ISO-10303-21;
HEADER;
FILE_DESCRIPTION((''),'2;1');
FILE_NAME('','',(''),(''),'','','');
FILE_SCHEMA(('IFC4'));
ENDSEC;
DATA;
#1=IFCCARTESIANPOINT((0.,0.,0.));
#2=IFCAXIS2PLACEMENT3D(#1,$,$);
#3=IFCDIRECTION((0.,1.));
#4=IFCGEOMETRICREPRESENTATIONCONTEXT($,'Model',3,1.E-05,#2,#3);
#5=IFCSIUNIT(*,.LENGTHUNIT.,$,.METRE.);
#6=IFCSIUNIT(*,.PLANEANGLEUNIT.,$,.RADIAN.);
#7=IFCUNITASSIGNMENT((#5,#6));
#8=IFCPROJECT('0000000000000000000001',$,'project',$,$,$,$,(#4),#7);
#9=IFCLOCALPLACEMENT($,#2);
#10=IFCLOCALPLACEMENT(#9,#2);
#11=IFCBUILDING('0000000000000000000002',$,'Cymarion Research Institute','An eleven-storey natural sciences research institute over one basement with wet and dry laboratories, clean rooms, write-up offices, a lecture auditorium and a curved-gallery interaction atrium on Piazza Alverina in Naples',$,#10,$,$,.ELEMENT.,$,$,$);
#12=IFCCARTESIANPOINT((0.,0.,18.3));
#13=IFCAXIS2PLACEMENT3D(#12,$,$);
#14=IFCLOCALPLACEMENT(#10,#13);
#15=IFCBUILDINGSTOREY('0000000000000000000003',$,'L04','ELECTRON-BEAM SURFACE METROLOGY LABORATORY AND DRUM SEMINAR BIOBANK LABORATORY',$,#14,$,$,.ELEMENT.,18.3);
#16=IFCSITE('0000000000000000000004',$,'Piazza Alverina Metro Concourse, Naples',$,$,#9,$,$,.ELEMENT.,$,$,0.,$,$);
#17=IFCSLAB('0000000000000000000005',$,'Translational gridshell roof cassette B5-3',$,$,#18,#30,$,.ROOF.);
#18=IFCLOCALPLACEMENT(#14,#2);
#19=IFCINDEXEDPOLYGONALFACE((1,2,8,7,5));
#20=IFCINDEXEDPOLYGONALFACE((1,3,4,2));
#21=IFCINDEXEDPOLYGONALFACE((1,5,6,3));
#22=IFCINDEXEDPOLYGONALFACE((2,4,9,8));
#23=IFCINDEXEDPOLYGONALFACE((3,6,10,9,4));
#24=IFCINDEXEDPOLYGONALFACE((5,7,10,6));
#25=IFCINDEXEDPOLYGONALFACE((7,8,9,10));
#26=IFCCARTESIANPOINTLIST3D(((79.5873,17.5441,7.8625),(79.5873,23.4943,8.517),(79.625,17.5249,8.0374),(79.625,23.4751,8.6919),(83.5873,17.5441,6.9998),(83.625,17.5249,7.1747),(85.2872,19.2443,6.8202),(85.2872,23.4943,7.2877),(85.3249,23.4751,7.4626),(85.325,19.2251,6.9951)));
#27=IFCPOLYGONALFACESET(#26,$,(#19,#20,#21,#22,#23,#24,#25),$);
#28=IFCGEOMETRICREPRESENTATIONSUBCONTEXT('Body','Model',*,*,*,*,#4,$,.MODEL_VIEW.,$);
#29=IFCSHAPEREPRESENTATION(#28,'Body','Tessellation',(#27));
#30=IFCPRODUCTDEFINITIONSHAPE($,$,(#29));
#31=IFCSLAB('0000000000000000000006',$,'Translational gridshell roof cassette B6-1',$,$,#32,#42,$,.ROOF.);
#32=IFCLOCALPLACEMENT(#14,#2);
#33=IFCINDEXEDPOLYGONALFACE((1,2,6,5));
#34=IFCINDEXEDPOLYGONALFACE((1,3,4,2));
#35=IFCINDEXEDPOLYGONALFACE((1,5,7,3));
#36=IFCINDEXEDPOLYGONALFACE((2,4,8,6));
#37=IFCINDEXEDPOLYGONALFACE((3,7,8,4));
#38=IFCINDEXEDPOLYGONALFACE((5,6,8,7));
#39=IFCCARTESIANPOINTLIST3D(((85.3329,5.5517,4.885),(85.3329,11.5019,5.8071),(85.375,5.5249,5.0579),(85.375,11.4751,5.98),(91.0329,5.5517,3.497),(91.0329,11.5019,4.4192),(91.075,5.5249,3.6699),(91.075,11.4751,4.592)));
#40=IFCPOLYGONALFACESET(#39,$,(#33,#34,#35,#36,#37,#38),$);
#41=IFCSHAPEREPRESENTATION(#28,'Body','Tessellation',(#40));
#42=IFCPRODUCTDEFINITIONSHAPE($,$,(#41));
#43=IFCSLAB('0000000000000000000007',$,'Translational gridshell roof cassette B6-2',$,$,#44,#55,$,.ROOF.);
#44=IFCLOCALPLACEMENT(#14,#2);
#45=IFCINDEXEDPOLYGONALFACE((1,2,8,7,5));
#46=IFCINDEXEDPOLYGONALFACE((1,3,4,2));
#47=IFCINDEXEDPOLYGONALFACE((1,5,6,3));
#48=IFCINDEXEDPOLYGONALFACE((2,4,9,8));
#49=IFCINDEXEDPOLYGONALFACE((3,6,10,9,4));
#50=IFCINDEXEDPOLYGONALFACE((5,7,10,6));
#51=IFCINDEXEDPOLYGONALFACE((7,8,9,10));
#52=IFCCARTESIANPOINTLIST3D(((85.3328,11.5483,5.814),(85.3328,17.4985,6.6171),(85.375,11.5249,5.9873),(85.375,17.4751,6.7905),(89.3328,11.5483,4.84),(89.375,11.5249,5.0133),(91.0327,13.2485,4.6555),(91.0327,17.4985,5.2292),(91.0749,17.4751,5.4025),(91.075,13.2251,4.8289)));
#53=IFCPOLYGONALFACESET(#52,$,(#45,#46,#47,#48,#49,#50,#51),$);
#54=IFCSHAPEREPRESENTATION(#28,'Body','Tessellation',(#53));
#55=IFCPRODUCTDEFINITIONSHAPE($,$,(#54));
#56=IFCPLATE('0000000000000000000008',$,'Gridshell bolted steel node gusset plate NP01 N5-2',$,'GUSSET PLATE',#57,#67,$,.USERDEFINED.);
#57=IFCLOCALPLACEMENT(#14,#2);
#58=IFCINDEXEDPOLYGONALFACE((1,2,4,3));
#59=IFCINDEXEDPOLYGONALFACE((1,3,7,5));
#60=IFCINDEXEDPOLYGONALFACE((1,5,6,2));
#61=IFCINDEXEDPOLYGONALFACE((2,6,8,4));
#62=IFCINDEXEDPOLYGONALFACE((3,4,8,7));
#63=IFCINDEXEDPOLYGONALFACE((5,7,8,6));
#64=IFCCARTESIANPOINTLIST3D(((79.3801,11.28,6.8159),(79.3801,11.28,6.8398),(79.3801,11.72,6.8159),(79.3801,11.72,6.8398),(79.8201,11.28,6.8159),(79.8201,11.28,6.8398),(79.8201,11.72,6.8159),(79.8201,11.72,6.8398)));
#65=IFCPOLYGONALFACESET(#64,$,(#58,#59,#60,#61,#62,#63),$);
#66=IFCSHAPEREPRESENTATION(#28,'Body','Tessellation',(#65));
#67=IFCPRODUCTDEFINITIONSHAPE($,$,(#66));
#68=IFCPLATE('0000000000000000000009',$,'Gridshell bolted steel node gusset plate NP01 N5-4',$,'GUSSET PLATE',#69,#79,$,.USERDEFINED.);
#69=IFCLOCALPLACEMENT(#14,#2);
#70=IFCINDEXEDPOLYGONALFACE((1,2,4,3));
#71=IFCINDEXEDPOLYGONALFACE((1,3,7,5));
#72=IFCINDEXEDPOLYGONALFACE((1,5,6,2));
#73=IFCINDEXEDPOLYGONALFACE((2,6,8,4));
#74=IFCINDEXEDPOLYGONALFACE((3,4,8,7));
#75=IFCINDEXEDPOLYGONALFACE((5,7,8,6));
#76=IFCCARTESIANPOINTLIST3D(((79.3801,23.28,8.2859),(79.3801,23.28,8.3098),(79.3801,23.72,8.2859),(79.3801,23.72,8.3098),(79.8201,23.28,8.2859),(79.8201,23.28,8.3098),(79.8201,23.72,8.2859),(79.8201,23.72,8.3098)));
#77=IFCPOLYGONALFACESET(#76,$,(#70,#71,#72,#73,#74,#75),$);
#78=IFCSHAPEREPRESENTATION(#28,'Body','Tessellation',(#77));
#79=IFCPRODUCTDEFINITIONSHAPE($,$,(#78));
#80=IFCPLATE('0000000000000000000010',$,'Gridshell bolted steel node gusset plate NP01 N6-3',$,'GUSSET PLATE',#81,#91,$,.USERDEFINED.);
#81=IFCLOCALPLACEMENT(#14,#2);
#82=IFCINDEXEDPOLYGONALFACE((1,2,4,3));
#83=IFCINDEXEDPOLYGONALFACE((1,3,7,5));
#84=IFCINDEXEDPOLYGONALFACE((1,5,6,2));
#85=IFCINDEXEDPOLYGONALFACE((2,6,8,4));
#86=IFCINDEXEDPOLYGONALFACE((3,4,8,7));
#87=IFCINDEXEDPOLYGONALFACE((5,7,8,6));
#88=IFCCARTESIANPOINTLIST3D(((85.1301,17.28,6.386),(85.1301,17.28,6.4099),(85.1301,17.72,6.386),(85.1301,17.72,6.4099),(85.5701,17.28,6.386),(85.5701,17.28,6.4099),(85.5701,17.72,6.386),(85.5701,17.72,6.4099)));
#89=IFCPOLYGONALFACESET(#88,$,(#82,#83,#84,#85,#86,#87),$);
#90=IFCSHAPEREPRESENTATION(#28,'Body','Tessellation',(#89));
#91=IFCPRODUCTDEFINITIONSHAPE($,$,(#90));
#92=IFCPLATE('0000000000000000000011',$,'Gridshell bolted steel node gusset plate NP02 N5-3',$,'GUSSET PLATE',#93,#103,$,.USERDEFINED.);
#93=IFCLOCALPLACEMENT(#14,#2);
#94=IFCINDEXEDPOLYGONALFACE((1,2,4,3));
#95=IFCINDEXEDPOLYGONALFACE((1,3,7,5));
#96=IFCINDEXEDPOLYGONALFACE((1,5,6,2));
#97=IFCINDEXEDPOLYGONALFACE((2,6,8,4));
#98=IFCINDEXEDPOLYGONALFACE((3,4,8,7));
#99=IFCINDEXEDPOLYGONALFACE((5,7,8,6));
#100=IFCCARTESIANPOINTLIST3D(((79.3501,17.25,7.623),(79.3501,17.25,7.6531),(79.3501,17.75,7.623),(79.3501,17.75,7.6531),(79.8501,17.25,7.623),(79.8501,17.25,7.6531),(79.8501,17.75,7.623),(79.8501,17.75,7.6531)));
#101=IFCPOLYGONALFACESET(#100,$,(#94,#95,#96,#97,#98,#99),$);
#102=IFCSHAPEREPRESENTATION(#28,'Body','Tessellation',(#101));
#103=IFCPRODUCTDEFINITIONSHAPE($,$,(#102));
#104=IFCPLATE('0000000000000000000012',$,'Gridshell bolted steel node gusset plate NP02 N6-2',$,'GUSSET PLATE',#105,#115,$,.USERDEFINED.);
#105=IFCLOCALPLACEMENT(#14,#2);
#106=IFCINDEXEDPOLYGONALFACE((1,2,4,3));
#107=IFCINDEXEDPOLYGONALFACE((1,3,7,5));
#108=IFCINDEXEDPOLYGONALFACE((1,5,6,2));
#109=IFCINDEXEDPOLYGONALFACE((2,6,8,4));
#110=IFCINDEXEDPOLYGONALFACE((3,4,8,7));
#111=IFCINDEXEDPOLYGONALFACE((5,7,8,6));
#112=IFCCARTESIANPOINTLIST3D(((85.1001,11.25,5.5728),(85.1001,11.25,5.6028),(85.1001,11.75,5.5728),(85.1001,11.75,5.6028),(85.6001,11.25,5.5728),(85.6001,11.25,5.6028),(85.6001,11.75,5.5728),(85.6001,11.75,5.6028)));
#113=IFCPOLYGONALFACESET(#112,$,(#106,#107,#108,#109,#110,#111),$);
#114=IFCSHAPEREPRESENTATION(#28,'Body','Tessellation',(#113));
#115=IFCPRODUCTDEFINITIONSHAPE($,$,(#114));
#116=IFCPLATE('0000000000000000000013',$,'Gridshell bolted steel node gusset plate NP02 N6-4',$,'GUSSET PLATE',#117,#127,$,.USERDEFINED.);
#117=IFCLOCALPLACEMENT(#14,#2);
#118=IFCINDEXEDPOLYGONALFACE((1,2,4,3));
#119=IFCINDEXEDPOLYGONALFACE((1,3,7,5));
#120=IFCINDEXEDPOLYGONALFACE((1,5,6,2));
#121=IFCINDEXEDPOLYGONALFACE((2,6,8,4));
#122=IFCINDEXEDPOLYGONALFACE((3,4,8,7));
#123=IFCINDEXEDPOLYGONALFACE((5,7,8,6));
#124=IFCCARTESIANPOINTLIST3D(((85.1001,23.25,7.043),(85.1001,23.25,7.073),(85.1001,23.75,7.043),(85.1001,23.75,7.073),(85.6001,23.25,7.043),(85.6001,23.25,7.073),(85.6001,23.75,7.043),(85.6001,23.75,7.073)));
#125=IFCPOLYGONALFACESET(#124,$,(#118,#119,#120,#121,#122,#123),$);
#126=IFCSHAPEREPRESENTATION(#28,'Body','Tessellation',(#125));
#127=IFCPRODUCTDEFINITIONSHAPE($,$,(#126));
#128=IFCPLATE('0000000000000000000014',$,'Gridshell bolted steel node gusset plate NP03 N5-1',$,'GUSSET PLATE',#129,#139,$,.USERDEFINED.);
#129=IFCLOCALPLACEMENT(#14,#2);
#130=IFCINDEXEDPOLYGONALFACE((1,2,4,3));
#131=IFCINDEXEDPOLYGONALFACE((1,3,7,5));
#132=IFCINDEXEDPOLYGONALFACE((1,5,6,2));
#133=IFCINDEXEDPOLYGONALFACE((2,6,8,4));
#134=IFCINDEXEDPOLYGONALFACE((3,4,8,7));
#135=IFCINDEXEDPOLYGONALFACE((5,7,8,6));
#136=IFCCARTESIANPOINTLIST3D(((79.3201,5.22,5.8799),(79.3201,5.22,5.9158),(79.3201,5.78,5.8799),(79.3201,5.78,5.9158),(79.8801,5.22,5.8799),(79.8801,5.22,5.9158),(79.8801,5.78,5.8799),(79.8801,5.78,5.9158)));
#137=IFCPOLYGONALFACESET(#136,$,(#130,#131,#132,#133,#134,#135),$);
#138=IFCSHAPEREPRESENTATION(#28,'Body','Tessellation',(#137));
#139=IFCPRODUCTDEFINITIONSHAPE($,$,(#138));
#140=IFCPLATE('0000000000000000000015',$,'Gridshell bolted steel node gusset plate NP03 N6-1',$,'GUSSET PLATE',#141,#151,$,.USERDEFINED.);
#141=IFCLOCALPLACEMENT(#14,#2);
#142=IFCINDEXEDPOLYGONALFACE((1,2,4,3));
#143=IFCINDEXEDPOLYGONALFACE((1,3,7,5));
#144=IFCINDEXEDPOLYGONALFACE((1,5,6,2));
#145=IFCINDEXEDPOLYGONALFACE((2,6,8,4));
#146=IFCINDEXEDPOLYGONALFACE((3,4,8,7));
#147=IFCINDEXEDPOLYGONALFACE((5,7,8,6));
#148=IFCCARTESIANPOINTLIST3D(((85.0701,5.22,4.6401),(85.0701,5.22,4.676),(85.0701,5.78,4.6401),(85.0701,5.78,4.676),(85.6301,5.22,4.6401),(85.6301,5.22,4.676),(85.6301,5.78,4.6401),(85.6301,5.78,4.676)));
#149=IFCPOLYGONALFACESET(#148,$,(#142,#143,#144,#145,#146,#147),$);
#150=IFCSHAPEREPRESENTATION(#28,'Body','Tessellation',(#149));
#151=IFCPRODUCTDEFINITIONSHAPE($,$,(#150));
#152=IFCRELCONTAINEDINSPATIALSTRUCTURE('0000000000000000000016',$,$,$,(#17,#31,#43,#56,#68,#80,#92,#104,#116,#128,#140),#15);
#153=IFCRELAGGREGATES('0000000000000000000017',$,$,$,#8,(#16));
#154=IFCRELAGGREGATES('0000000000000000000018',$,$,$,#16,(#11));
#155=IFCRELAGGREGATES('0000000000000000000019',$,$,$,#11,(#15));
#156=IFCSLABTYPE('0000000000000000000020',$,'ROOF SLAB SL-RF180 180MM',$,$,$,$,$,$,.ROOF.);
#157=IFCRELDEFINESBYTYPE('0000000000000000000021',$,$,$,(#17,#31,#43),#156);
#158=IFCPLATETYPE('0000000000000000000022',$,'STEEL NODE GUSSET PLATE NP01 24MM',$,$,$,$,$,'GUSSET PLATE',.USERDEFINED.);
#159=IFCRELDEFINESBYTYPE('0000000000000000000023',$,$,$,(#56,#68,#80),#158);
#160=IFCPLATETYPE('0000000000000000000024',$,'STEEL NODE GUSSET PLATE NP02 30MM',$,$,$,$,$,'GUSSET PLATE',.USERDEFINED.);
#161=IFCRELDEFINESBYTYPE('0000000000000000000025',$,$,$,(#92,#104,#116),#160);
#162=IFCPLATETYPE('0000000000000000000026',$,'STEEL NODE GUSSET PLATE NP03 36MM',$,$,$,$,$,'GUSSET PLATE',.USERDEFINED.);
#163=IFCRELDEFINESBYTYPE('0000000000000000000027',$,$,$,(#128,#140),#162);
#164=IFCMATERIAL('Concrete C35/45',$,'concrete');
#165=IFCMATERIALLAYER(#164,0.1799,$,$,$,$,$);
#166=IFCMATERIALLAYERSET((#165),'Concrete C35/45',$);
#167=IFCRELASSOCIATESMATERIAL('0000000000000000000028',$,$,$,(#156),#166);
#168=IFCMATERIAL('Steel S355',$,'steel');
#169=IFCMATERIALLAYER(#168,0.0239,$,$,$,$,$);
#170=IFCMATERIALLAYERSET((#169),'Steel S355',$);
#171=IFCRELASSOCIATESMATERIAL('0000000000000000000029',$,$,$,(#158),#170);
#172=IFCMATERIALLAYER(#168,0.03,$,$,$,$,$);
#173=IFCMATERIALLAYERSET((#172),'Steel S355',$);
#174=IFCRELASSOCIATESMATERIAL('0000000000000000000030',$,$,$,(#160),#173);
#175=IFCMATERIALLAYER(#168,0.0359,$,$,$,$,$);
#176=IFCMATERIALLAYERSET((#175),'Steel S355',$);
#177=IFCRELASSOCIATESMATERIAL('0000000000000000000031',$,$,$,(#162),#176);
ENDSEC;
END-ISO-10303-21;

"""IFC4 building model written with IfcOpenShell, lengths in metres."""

from ifc_helpers import new_model, si_unit, direction, frame, origin, origin_2d, place, context, subcontext, project, spatial, polyline, rectangle, outline, extrude, material, layer, layer_set, type_object, element, save


model = new_model("IFC4")

# Units and contexts
model_context = context("Model", 3, precision=1e-05, world=origin(), true_north=direction((0.0, 1.0)))
body_context = subcontext(model_context, "Body", "Model", "MODEL_VIEW")
ifc_project = project(units=[si_unit("LENGTHUNIT", "METRE"), si_unit("PLANEANGLEUNIT", "RADIAN")], contexts=[model_context])

# Site, building, storey
site_placement = place(None, origin())
site = spatial("IfcSite", under=ifc_project, at=site_placement, Name="Piazza Alverina Metro Concourse, Naples", CompositionType="ELEMENT", RefElevation=0.0)
building_placement = place(site_placement, origin())
building = spatial("IfcBuilding", under=site, at=building_placement, Name="Cymarion Research Institute", Description="An eleven-storey natural sciences research institute over one basement with wet and dry laboratories, clean rooms, write-up offices, a lecture auditorium and a curved-gallery interaction atrium on Piazza Alverina in Naples", CompositionType="ELEMENT")
storey_placement = place(building_placement, frame((0.0, 0.0, 18.3)))
storey = spatial("IfcBuildingStorey", under=building, at=storey_placement, Name="L04", Description="ELECTRON-BEAM SURFACE METROLOGY LABORATORY AND DRUM SEMINAR BIOBANK LABORATORY", CompositionType="ELEMENT", Elevation=18.3)

# Shared definitions
ifc_material_1 = material(Name="Steel S355", Category="steel")

# Slabs
ifc_material_2 = material(Name="Concrete C35/45", Category="concrete")
ifc_layer_1 = layer(ifc_material_2, 0.1799)
ifc_layer_set_1 = layer_set([ifc_layer_1], Name="Concrete C35/45")
slab_type = type_object("IfcSlabType", Name="ROOF SLAB SL-RF180 180MM", PredefinedType="ROOF", material=ifc_layer_set_1)
slab_1_placement = place(storey_placement, frame((79.625, 17.5249, 8.0374), z_axis=(0.209604, -0.106908, 0.971924), x_axis=(0.977527, 0.000002, -0.210812)))
element("IfcSlab", 1, at=slab_1_placement, inside=storey, type_object=slab_type, Name="Translational gridshell roof cassette B5-3", PredefinedType="ROOF", context=body_context, shape_type="SweptSolid", body=[
    extrude(outline(polyline([(0.0, 0.0), (4.0919, 0.0), (5.7916, 1.71), (5.693, 5.9845), (-0.138, 5.9845), (0.0, 0.0)])), origin(), (0.0, 0.0, -1.0), 0.1799),
])
slab_2_placement = place(storey_placement, frame((85.375, 5.5249, 5.0579), z_axis=(0.23395, -0.148895, 0.96078), x_axis=(0.97161, 0.0, -0.236587)))
element("IfcSlab", 2, at=slab_2_placement, inside=storey, type_object=slab_type, Name="Translational gridshell roof cassette B6-1", PredefinedType="ROOF", context=body_context, shape_type="SweptSolid", body=[
    extrude(outline(polyline([(0.0, 0.0), (5.8665, 0.0), (5.6483, 6.0173), (-0.2182, 6.0173), (0.0, 0.0)])), origin(), (0.0, 0.0, -1.0), 0.1799),
])
slab_3_placement = place(storey_placement, frame((85.375, 11.5249, 5.9873), z_axis=(0.234577, -0.130035, 0.963361), x_axis=(0.971611, 0.000004, -0.236585)))
element("IfcSlab", 3, at=slab_3_placement, inside=storey, type_object=slab_type, Name="Translational gridshell roof cassette B6-2", PredefinedType="ROOF", context=body_context, shape_type="SweptSolid", body=[
    extrude(outline(polyline([(0.0, 0.0), (4.1168, 0.0), (5.8122, 1.7147), (5.6765, 6.0011), (-0.19, 6.0012), (0.0, 0.0)])), origin(), (0.0, 0.0, -1.0), 0.1799),
])

# Plates
ifc_layer_2 = layer(ifc_material_1, 0.0239)
ifc_layer_set_2 = layer_set([ifc_layer_2], Name="Steel S355")
plate_type_1 = type_object("IfcPlateType", Name="STEEL NODE GUSSET PLATE NP01 24MM", ElementType="GUSSET PLATE", PredefinedType="USERDEFINED", material=ifc_layer_set_2)
for number, where, z_axis, x_axis, name in (
    (4, (79.6001, 11.5, 6.8159), (0.0, 0.0, 1.0), (1.0, 0.0, 0.0), "Gridshell bolted steel node gusset plate NP01 N5-2"),
    (5, (79.6001, 23.5, 8.2859), (0.0, 0.0, 1.0), (1.0, 0.0, 0.0), "Gridshell bolted steel node gusset plate NP01 N5-4"),
    (6, (85.3501, 17.5, 6.386), (0.0, 0.0, 1.0), (1.0, 0.0, 0.0), "Gridshell bolted steel node gusset plate NP01 N6-3"),
):
    element("IfcPlate", number, at=place(storey_placement, frame(where, z_axis=z_axis, x_axis=x_axis)), inside=storey, type_object=plate_type_1, Name=name, ObjectType="GUSSET PLATE", PredefinedType="USERDEFINED", context=body_context, shape_type="SweptSolid", body=[
        extrude(rectangle(XDim=0.4399, YDim=0.4399, at=origin_2d()), origin(), (0.0, 0.0, 1.0), 0.0239),
    ])
ifc_layer_3 = layer(ifc_material_1, 0.03)
ifc_layer_set_3 = layer_set([ifc_layer_3], Name="Steel S355")
plate_type_2 = type_object("IfcPlateType", Name="STEEL NODE GUSSET PLATE NP02 30MM", ElementType="GUSSET PLATE", PredefinedType="USERDEFINED", material=ifc_layer_set_3)
for number, where, z_axis, x_axis, name in (
    (7, (79.6001, 17.5, 7.623), (0.0, 0.0, 1.0), (1.0, 0.0, 0.0), "Gridshell bolted steel node gusset plate NP02 N5-3"),
    (8, (85.3501, 11.5, 5.5728), (0.0, 0.0, 1.0), (1.0, 0.0, 0.0), "Gridshell bolted steel node gusset plate NP02 N6-2"),
    (9, (85.3501, 23.5, 7.043), (0.0, 0.0, 1.0), (1.0, 0.0, 0.0), "Gridshell bolted steel node gusset plate NP02 N6-4"),
):
    element("IfcPlate", number, at=place(storey_placement, frame(where, z_axis=z_axis, x_axis=x_axis)), inside=storey, type_object=plate_type_2, Name=name, ObjectType="GUSSET PLATE", PredefinedType="USERDEFINED", context=body_context, shape_type="SweptSolid", body=[
        extrude(rectangle(XDim=0.5, YDim=0.5, at=origin_2d()), origin(), (0.0, 0.0, 1.0), 0.03),
    ])
ifc_layer_4 = layer(ifc_material_1, 0.0359)
ifc_layer_set_4 = layer_set([ifc_layer_4], Name="Steel S355")
plate_type_3 = type_object("IfcPlateType", Name="STEEL NODE GUSSET PLATE NP03 36MM", ElementType="GUSSET PLATE", PredefinedType="USERDEFINED", material=ifc_layer_set_4)
for number, where, z_axis, x_axis, name in (
    (10, (79.6001, 5.5, 5.8799), (0.0, 0.0, 1.0), (1.0, 0.0, 0.0), "Gridshell bolted steel node gusset plate NP03 N5-1"),
    (11, (85.3501, 5.5, 4.6401), (0.0, 0.0, 1.0), (1.0, 0.0, 0.0), "Gridshell bolted steel node gusset plate NP03 N6-1"),
):
    element("IfcPlate", number, at=place(storey_placement, frame(where, z_axis=z_axis, x_axis=x_axis)), inside=storey, type_object=plate_type_3, Name=name, ObjectType="GUSSET PLATE", PredefinedType="USERDEFINED", context=body_context, shape_type="SweptSolid", body=[
        extrude(rectangle(XDim=0.5601, YDim=0.5601, at=origin_2d()), origin(), (0.0, 0.0, 1.0), 0.0359),
    ])

save(model, "model.ifc")
